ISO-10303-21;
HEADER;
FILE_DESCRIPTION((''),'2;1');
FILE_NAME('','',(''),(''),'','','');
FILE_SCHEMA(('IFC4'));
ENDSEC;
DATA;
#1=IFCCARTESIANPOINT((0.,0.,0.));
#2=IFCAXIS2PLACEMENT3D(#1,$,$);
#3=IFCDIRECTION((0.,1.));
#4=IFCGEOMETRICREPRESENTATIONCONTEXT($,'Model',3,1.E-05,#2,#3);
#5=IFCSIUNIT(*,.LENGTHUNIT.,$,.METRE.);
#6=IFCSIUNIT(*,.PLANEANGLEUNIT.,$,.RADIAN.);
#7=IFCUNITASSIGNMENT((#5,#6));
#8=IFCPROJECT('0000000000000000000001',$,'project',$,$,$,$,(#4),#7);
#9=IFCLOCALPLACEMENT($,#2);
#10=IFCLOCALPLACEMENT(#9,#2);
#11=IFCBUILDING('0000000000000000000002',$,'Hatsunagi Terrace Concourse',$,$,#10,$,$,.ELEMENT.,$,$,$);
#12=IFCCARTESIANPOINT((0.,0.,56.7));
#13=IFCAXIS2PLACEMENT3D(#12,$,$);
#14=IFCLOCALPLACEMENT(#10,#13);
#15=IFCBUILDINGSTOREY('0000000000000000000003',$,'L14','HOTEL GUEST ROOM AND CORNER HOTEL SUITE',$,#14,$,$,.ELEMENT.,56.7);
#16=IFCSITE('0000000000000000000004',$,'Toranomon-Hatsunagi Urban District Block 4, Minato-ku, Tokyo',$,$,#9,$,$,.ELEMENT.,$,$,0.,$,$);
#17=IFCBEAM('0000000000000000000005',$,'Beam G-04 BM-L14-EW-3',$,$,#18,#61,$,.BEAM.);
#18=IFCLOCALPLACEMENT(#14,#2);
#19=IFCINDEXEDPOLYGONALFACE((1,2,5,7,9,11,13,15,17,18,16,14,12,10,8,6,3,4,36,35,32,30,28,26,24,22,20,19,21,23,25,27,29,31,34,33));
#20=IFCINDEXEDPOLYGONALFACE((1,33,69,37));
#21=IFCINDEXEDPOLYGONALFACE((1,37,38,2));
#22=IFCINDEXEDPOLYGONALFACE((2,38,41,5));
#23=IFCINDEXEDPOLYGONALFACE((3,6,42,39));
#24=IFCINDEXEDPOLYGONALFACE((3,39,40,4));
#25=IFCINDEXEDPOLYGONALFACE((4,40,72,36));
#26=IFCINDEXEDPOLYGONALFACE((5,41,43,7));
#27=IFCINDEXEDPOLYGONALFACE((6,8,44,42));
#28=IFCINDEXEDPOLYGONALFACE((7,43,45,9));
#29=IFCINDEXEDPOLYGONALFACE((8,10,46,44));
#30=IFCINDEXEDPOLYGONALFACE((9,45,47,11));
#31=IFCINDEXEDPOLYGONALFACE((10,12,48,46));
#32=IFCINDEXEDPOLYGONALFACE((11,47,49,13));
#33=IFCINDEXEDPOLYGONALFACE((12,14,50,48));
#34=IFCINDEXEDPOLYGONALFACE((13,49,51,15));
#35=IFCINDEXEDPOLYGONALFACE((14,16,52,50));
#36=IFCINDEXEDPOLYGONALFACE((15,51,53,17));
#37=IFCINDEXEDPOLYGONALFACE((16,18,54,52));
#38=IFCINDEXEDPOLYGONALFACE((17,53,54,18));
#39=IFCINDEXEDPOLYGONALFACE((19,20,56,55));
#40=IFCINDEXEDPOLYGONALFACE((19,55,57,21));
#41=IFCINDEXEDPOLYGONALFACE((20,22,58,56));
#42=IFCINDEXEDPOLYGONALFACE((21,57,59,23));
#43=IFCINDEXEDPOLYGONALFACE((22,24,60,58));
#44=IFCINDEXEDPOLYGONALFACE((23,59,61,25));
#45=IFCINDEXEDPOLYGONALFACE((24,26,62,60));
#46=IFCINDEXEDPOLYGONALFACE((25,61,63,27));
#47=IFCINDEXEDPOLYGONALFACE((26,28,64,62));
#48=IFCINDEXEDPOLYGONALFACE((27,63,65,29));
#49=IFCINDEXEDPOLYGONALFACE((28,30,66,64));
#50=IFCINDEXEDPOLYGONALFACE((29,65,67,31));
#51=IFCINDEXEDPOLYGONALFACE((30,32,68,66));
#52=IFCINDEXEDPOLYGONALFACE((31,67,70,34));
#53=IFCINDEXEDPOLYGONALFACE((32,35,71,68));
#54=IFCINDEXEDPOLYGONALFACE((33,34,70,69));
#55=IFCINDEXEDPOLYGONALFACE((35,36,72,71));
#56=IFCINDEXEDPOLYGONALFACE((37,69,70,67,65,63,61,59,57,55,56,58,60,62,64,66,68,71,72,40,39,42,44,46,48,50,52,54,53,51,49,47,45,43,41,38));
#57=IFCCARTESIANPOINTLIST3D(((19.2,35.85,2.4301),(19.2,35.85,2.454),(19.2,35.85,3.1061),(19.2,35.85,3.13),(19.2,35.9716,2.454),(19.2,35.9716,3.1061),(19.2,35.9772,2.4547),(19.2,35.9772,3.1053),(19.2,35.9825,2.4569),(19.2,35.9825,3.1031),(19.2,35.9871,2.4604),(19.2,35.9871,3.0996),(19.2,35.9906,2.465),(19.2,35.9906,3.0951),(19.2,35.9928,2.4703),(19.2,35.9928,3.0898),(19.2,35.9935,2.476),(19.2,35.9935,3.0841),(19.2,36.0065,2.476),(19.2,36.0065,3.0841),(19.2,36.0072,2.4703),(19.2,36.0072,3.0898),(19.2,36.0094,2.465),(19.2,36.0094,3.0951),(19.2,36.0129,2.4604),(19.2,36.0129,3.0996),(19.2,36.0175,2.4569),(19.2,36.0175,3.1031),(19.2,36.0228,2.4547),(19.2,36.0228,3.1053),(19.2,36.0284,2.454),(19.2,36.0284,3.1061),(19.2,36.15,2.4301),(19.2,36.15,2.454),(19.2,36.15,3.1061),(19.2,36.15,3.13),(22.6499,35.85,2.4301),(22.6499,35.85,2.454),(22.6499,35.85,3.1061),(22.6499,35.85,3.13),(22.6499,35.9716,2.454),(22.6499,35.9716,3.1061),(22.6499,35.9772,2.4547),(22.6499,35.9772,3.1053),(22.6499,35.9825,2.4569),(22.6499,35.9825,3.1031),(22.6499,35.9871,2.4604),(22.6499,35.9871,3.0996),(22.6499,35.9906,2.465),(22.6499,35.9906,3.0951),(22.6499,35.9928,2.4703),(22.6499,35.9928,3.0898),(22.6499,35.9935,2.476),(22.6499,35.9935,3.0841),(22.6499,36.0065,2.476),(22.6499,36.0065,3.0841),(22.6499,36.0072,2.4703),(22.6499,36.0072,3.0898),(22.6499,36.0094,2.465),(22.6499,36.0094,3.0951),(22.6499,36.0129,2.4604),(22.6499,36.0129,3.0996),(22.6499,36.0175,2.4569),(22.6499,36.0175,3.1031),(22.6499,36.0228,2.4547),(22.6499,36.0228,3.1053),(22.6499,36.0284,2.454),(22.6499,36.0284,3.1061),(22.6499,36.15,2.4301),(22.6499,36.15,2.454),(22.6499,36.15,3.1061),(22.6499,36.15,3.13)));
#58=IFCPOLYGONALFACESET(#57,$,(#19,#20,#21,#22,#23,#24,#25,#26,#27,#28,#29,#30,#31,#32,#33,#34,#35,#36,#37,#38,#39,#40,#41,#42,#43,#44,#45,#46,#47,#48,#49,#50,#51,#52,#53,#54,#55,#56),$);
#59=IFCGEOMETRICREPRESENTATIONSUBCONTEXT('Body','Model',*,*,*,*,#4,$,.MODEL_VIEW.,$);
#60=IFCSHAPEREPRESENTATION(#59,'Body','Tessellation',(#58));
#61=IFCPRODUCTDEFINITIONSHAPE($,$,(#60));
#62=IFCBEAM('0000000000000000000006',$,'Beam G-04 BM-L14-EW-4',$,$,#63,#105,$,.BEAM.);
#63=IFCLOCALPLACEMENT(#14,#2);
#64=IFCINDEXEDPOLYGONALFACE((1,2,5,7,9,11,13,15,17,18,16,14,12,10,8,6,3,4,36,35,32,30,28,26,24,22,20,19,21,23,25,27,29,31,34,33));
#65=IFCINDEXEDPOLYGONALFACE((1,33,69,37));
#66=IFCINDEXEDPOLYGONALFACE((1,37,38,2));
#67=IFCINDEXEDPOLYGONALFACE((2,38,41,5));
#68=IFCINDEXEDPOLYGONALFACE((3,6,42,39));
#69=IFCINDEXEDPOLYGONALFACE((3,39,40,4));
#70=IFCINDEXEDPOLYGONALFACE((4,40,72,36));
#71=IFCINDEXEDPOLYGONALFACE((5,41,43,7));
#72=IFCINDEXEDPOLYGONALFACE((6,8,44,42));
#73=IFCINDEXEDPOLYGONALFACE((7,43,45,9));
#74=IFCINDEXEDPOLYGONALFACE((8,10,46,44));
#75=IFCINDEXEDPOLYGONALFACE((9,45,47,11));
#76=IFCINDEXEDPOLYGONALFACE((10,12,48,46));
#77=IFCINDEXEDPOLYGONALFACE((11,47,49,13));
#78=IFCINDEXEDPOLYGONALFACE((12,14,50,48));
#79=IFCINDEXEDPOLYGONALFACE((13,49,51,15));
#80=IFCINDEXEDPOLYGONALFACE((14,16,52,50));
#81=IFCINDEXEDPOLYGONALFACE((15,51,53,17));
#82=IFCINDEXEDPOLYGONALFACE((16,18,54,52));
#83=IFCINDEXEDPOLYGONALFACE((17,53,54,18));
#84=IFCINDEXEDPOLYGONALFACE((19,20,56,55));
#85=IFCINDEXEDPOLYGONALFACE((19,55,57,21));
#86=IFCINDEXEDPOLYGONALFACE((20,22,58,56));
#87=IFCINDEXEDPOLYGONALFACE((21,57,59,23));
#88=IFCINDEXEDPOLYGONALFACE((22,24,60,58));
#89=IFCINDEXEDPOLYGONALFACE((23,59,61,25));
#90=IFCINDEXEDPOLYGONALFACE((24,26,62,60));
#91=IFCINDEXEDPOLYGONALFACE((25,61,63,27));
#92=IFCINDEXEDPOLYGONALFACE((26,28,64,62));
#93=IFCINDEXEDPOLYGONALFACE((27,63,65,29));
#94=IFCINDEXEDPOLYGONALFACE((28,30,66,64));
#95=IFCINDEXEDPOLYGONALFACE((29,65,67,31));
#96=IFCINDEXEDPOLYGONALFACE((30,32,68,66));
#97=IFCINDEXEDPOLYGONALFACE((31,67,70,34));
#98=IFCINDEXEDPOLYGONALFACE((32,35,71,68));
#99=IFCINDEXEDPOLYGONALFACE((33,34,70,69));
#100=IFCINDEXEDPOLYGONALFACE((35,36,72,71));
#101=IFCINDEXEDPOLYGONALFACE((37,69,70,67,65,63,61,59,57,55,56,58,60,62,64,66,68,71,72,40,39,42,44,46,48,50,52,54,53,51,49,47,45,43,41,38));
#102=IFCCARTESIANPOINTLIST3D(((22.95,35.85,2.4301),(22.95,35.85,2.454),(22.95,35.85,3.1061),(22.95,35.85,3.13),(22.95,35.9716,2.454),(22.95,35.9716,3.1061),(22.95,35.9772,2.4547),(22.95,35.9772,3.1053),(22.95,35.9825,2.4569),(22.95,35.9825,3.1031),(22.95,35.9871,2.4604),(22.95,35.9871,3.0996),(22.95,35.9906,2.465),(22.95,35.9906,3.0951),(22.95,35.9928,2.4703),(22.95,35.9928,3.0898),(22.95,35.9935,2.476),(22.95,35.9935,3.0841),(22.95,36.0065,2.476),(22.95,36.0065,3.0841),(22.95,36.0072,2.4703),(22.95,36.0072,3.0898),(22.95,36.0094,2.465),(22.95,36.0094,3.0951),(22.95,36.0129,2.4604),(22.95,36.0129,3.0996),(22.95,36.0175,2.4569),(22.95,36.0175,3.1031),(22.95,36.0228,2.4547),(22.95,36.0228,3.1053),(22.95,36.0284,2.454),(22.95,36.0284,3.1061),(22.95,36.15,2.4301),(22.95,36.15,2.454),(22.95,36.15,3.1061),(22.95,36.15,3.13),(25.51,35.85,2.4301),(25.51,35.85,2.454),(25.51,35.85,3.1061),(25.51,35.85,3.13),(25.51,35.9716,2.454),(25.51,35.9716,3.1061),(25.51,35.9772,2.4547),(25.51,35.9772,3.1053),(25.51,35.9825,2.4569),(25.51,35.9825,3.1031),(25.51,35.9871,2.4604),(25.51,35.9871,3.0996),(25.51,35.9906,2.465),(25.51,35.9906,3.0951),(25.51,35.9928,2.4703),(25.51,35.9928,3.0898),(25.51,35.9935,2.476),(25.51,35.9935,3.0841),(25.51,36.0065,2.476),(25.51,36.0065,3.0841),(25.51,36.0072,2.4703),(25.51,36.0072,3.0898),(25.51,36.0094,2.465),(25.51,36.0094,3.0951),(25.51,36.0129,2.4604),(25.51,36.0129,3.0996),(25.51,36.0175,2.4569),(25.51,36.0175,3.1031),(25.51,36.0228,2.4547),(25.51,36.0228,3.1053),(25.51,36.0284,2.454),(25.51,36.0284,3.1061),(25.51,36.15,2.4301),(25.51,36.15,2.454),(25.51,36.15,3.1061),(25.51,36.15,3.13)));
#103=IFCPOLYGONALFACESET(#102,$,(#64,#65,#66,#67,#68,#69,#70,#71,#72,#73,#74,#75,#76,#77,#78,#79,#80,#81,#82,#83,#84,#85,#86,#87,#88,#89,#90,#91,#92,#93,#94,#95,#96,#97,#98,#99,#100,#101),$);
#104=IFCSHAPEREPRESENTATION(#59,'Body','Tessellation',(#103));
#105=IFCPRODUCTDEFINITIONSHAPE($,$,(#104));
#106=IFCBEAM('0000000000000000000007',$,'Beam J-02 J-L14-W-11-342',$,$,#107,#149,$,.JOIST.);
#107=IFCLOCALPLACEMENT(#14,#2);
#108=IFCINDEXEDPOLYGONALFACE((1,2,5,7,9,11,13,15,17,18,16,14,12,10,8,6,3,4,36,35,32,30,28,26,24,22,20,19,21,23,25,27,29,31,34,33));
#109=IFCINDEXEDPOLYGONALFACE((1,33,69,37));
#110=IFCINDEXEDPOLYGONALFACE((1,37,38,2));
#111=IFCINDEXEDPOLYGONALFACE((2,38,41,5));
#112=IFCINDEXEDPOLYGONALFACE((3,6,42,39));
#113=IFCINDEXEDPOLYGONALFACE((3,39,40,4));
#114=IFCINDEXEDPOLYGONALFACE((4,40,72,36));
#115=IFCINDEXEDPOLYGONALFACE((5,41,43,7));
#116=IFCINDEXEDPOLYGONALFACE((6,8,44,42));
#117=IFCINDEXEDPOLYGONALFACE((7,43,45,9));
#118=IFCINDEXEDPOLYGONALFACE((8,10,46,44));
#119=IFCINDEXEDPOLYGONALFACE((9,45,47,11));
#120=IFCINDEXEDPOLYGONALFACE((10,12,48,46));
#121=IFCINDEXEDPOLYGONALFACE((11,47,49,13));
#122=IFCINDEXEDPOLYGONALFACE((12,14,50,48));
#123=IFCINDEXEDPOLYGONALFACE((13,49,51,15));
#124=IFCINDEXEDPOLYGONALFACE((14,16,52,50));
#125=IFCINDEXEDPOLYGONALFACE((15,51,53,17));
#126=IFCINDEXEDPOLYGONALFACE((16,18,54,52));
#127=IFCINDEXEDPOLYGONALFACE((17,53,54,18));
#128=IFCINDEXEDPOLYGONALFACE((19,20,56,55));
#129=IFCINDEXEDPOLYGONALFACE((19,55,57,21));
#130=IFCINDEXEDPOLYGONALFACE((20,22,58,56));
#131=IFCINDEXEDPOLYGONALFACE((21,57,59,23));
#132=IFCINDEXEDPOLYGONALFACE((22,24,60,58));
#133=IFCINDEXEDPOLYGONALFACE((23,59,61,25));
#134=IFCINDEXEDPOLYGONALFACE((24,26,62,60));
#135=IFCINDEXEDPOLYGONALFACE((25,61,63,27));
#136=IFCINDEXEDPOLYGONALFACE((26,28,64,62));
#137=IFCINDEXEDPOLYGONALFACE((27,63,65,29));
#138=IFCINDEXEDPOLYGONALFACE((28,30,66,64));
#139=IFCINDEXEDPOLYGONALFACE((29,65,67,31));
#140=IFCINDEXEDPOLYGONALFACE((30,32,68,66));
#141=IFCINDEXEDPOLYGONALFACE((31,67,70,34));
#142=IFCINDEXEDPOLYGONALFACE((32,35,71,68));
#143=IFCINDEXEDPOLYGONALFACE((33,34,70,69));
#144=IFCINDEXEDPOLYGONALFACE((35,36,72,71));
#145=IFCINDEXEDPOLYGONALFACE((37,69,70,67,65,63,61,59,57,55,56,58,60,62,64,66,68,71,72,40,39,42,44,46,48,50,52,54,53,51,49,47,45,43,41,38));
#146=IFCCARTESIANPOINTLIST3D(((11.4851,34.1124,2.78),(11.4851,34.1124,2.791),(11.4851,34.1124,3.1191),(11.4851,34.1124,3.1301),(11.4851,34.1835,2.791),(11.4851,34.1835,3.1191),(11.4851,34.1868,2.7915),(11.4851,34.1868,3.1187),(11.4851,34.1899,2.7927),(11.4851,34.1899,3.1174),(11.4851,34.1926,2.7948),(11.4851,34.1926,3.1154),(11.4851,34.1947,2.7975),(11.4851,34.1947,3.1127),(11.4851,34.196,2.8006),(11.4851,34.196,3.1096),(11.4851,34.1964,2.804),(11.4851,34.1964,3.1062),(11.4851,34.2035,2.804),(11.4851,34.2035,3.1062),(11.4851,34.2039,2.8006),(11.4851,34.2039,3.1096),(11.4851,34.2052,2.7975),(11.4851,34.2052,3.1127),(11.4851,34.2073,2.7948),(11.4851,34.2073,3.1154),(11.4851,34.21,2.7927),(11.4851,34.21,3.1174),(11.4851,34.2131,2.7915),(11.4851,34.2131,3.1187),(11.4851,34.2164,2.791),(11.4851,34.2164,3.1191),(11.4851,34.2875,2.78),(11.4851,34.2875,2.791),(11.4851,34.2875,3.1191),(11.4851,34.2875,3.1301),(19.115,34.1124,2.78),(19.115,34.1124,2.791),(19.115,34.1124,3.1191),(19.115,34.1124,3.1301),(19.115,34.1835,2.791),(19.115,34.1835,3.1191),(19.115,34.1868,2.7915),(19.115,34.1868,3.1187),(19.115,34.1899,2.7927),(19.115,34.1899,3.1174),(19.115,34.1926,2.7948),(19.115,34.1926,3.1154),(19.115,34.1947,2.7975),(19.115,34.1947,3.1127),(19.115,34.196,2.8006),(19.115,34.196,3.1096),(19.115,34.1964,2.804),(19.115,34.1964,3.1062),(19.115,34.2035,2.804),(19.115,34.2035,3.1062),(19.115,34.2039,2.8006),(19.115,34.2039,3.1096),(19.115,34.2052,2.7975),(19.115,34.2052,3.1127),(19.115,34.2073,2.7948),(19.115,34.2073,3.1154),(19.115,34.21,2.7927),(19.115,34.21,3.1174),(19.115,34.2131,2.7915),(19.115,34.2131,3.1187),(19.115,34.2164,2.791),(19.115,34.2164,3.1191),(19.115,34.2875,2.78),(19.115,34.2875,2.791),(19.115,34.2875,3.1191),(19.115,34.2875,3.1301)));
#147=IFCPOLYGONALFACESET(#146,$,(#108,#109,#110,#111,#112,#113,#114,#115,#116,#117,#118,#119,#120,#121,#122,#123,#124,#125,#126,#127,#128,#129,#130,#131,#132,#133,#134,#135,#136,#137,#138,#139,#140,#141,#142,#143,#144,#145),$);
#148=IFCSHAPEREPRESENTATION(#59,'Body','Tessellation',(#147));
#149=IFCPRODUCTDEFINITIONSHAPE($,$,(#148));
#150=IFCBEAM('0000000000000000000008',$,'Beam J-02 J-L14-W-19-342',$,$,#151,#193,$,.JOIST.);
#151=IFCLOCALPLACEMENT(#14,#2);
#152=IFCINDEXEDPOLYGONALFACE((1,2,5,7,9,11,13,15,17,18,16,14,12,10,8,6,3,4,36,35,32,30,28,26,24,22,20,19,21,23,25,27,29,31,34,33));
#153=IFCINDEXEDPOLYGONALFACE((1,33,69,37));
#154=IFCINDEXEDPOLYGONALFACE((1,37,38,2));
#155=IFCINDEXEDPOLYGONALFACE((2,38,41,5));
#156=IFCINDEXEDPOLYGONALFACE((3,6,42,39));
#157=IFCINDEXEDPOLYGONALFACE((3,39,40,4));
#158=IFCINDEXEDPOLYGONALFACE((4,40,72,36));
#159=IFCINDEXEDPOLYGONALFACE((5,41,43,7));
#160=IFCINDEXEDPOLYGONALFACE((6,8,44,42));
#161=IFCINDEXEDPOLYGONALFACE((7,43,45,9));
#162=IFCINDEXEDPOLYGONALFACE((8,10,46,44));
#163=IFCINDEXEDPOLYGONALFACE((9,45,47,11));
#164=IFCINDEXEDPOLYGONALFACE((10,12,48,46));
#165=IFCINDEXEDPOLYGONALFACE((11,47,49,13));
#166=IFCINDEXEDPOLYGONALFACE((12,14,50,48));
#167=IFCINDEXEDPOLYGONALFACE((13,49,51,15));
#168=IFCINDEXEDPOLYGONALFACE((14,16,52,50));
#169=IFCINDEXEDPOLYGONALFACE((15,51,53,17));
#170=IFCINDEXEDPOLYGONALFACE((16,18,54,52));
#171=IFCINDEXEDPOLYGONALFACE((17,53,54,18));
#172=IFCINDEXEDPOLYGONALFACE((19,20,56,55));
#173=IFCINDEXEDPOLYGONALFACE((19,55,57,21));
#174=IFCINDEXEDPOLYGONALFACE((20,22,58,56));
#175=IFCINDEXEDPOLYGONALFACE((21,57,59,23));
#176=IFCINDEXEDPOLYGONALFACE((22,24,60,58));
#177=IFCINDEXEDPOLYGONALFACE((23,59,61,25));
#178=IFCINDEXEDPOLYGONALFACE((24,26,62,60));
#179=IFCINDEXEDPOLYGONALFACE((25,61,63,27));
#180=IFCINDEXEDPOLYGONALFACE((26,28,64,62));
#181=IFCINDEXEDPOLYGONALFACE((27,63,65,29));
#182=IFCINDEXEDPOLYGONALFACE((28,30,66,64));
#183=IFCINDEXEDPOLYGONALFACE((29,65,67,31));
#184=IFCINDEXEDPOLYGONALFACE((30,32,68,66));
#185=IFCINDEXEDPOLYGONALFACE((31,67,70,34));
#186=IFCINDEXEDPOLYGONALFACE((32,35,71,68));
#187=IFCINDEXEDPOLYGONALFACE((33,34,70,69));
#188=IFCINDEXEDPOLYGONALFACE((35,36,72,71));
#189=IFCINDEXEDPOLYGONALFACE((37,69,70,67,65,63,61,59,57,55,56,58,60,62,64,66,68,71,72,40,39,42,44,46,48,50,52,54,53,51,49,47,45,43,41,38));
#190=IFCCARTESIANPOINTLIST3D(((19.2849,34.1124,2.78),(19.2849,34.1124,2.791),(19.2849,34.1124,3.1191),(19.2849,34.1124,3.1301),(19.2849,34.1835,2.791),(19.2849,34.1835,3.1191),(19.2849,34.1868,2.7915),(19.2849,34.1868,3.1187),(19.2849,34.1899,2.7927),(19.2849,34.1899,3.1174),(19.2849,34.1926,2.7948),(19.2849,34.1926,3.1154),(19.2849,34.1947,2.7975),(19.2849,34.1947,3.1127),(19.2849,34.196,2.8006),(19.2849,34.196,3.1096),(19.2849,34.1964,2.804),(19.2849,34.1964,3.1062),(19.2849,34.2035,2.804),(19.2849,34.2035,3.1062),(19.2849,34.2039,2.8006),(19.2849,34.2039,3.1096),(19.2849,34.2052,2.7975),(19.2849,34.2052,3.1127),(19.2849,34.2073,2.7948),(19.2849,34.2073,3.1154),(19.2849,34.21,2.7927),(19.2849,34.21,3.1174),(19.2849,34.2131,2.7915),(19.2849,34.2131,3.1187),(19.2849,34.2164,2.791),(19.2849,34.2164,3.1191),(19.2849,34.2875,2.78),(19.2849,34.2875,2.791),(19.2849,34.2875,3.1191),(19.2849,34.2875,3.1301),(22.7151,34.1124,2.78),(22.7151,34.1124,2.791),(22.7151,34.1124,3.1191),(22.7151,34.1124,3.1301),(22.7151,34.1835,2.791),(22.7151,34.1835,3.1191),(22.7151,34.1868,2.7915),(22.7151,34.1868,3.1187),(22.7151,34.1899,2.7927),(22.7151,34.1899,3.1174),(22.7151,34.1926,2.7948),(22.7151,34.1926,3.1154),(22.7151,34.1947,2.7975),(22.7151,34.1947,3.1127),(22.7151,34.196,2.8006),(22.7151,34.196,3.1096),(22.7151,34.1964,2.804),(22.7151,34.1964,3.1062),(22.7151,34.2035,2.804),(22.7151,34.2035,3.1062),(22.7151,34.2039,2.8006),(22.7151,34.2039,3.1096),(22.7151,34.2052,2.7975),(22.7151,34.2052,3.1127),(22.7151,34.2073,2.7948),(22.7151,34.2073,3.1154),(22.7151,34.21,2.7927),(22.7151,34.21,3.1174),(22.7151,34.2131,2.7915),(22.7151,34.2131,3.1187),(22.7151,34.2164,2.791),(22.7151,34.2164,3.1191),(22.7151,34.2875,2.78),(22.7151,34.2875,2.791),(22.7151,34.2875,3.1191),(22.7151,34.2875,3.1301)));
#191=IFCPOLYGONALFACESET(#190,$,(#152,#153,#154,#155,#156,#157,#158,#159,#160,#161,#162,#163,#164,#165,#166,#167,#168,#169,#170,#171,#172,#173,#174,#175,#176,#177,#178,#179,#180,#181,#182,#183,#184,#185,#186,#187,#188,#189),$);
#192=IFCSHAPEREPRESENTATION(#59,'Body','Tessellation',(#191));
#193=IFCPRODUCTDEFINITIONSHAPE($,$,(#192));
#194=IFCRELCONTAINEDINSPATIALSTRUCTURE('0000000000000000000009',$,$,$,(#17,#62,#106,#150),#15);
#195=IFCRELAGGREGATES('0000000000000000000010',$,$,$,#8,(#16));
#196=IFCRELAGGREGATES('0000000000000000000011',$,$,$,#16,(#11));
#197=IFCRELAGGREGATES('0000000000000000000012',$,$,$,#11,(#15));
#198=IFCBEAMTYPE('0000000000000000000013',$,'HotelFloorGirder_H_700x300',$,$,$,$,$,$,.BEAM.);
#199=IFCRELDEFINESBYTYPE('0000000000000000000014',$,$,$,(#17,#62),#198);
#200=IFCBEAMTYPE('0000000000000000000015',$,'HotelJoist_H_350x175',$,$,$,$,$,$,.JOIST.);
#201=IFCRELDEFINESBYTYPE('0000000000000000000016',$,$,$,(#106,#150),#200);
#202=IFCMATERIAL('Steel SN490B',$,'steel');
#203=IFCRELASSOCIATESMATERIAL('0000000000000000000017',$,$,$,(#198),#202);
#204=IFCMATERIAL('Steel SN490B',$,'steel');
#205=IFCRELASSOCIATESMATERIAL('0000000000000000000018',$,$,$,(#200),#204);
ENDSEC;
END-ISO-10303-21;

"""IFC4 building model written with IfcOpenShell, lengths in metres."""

from ifc_helpers import new_model, si_unit, direction, frame, origin, origin_2d, place, context, subcontext, project, spatial, i_section, extrude, material, material_profile, profile_set, type_object, element, save


model = new_model("IFC4")

# Units and contexts
model_context = context("Model", 3, precision=1e-05, world=origin(), true_north=direction((0.0, 1.0)))
body_context = subcontext(model_context, "Body", "Model", "MODEL_VIEW")
ifc_project = project(units=[si_unit("LENGTHUNIT", "METRE"), si_unit("PLANEANGLEUNIT", "RADIAN")], contexts=[model_context])

# Site, building, storey
site_placement = place(None, origin())
site = spatial("IfcSite", under=ifc_project, at=site_placement, Name="Toranomon-Hatsunagi Urban District Block 4, Minato-ku, Tokyo", CompositionType="ELEMENT", RefElevation=0.0)
building_placement = place(site_placement, origin())
building = spatial("IfcBuilding", under=site, at=building_placement, Name="Hatsunagi Terrace Concourse", CompositionType="ELEMENT")
storey_placement = place(building_placement, frame((0.0, 0.0, 56.7)))
storey = spatial("IfcBuildingStorey", under=building, at=storey_placement, Name="L14", Description="HOTEL GUEST ROOM AND CORNER HOTEL SUITE", CompositionType="ELEMENT", Elevation=56.7)

# Beams
ifc_material_1 = material(Name="Steel SN490B", Category="steel")
ifc_material_profile_1 = material_profile(ifc_material_1, i_section(OverallWidth=0.3, OverallDepth=0.7, WebThickness=0.0129, FlangeThickness=0.0239, FilletRadius=0.022, at=origin_2d()), Name="H-700x300x13x24")
ifc_profile_set_1 = profile_set([ifc_material_profile_1], Name="Steel SN490B")
beam_type_1 = type_object("IfcBeamType", Name="HotelFloorGirder_H_700x300", PredefinedType="BEAM", material=ifc_profile_set_1)
beam_1_placement = place(storey_placement, frame((19.2, 36.0, 2.78), z_axis=(1.0, 0.0, 0.0), x_axis=(0.0, 1.0, 0.0)))
element("IfcBeam", 1, at=beam_1_placement, inside=storey, type_object=beam_type_1, Name="Beam G-04 BM-L14-EW-3", PredefinedType="BEAM", context=body_context, shape_type="SweptSolid", body=[
    extrude(i_section(OverallWidth=0.3, OverallDepth=0.7, WebThickness=0.0129, FlangeThickness=0.0239, FilletRadius=0.022, at=origin_2d()), origin(), (0.0, 0.0, 1.0), 3.45),
])
beam_2_placement = place(storey_placement, frame((22.95, 36.0, 2.78), z_axis=(1.0, 0.0, 0.0), x_axis=(0.0, 1.0, 0.0)))
element("IfcBeam", 2, at=beam_2_placement, inside=storey, type_object=beam_type_1, Name="Beam G-04 BM-L14-EW-4", PredefinedType="BEAM", context=body_context, shape_type="SweptSolid", body=[
    extrude(i_section(OverallWidth=0.3, OverallDepth=0.7, WebThickness=0.0129, FlangeThickness=0.0239, FilletRadius=0.022, at=origin_2d()), origin(), (0.0, 0.0, 1.0), 2.5601),
])
ifc_material_2 = material(Name="Steel SN490B", Category="steel")
ifc_material_profile_2 = material_profile(ifc_material_2, i_section(OverallWidth=0.175, OverallDepth=0.3501, WebThickness=0.0071, FlangeThickness=0.011, FilletRadius=0.0129, at=origin_2d()), Name="H-350x175x7x11")
ifc_profile_set_2 = profile_set([ifc_material_profile_2], Name="Steel SN490B")
beam_type_2 = type_object("IfcBeamType", Name="HotelJoist_H_350x175", PredefinedType="JOIST", material=ifc_profile_set_2)
beam_3_placement = place(storey_placement, frame((11.4851, 34.2, 2.9551), z_axis=(1.0, 0.0, 0.0), x_axis=(0.0, 1.0, 0.0)))
element("IfcBeam", 3, at=beam_3_placement, inside=storey, type_object=beam_type_2, Name="Beam J-02 J-L14-W-11-342", PredefinedType="JOIST", context=body_context, shape_type="SweptSolid", body=[
    extrude(i_section(OverallWidth=0.175, OverallDepth=0.3501, WebThickness=0.0071, FlangeThickness=0.011, FilletRadius=0.0129, at=origin_2d()), origin(), (0.0, 0.0, 1.0), 7.6299),
])
beam_4_placement = place(storey_placement, frame((19.2849, 34.2, 2.9551), z_axis=(1.0, 0.0, 0.0), x_axis=(0.0, 1.0, 0.0)))
element("IfcBeam", 4, at=beam_4_placement, inside=storey, type_object=beam_type_2, Name="Beam J-02 J-L14-W-19-342", PredefinedType="JOIST", context=body_context, shape_type="SweptSolid", body=[
    extrude(i_section(OverallWidth=0.175, OverallDepth=0.3501, WebThickness=0.0071, FlangeThickness=0.011, FilletRadius=0.0129, at=origin_2d()), origin(), (0.0, 0.0, 1.0), 3.4302),
])

save(model, "model.ifc")
